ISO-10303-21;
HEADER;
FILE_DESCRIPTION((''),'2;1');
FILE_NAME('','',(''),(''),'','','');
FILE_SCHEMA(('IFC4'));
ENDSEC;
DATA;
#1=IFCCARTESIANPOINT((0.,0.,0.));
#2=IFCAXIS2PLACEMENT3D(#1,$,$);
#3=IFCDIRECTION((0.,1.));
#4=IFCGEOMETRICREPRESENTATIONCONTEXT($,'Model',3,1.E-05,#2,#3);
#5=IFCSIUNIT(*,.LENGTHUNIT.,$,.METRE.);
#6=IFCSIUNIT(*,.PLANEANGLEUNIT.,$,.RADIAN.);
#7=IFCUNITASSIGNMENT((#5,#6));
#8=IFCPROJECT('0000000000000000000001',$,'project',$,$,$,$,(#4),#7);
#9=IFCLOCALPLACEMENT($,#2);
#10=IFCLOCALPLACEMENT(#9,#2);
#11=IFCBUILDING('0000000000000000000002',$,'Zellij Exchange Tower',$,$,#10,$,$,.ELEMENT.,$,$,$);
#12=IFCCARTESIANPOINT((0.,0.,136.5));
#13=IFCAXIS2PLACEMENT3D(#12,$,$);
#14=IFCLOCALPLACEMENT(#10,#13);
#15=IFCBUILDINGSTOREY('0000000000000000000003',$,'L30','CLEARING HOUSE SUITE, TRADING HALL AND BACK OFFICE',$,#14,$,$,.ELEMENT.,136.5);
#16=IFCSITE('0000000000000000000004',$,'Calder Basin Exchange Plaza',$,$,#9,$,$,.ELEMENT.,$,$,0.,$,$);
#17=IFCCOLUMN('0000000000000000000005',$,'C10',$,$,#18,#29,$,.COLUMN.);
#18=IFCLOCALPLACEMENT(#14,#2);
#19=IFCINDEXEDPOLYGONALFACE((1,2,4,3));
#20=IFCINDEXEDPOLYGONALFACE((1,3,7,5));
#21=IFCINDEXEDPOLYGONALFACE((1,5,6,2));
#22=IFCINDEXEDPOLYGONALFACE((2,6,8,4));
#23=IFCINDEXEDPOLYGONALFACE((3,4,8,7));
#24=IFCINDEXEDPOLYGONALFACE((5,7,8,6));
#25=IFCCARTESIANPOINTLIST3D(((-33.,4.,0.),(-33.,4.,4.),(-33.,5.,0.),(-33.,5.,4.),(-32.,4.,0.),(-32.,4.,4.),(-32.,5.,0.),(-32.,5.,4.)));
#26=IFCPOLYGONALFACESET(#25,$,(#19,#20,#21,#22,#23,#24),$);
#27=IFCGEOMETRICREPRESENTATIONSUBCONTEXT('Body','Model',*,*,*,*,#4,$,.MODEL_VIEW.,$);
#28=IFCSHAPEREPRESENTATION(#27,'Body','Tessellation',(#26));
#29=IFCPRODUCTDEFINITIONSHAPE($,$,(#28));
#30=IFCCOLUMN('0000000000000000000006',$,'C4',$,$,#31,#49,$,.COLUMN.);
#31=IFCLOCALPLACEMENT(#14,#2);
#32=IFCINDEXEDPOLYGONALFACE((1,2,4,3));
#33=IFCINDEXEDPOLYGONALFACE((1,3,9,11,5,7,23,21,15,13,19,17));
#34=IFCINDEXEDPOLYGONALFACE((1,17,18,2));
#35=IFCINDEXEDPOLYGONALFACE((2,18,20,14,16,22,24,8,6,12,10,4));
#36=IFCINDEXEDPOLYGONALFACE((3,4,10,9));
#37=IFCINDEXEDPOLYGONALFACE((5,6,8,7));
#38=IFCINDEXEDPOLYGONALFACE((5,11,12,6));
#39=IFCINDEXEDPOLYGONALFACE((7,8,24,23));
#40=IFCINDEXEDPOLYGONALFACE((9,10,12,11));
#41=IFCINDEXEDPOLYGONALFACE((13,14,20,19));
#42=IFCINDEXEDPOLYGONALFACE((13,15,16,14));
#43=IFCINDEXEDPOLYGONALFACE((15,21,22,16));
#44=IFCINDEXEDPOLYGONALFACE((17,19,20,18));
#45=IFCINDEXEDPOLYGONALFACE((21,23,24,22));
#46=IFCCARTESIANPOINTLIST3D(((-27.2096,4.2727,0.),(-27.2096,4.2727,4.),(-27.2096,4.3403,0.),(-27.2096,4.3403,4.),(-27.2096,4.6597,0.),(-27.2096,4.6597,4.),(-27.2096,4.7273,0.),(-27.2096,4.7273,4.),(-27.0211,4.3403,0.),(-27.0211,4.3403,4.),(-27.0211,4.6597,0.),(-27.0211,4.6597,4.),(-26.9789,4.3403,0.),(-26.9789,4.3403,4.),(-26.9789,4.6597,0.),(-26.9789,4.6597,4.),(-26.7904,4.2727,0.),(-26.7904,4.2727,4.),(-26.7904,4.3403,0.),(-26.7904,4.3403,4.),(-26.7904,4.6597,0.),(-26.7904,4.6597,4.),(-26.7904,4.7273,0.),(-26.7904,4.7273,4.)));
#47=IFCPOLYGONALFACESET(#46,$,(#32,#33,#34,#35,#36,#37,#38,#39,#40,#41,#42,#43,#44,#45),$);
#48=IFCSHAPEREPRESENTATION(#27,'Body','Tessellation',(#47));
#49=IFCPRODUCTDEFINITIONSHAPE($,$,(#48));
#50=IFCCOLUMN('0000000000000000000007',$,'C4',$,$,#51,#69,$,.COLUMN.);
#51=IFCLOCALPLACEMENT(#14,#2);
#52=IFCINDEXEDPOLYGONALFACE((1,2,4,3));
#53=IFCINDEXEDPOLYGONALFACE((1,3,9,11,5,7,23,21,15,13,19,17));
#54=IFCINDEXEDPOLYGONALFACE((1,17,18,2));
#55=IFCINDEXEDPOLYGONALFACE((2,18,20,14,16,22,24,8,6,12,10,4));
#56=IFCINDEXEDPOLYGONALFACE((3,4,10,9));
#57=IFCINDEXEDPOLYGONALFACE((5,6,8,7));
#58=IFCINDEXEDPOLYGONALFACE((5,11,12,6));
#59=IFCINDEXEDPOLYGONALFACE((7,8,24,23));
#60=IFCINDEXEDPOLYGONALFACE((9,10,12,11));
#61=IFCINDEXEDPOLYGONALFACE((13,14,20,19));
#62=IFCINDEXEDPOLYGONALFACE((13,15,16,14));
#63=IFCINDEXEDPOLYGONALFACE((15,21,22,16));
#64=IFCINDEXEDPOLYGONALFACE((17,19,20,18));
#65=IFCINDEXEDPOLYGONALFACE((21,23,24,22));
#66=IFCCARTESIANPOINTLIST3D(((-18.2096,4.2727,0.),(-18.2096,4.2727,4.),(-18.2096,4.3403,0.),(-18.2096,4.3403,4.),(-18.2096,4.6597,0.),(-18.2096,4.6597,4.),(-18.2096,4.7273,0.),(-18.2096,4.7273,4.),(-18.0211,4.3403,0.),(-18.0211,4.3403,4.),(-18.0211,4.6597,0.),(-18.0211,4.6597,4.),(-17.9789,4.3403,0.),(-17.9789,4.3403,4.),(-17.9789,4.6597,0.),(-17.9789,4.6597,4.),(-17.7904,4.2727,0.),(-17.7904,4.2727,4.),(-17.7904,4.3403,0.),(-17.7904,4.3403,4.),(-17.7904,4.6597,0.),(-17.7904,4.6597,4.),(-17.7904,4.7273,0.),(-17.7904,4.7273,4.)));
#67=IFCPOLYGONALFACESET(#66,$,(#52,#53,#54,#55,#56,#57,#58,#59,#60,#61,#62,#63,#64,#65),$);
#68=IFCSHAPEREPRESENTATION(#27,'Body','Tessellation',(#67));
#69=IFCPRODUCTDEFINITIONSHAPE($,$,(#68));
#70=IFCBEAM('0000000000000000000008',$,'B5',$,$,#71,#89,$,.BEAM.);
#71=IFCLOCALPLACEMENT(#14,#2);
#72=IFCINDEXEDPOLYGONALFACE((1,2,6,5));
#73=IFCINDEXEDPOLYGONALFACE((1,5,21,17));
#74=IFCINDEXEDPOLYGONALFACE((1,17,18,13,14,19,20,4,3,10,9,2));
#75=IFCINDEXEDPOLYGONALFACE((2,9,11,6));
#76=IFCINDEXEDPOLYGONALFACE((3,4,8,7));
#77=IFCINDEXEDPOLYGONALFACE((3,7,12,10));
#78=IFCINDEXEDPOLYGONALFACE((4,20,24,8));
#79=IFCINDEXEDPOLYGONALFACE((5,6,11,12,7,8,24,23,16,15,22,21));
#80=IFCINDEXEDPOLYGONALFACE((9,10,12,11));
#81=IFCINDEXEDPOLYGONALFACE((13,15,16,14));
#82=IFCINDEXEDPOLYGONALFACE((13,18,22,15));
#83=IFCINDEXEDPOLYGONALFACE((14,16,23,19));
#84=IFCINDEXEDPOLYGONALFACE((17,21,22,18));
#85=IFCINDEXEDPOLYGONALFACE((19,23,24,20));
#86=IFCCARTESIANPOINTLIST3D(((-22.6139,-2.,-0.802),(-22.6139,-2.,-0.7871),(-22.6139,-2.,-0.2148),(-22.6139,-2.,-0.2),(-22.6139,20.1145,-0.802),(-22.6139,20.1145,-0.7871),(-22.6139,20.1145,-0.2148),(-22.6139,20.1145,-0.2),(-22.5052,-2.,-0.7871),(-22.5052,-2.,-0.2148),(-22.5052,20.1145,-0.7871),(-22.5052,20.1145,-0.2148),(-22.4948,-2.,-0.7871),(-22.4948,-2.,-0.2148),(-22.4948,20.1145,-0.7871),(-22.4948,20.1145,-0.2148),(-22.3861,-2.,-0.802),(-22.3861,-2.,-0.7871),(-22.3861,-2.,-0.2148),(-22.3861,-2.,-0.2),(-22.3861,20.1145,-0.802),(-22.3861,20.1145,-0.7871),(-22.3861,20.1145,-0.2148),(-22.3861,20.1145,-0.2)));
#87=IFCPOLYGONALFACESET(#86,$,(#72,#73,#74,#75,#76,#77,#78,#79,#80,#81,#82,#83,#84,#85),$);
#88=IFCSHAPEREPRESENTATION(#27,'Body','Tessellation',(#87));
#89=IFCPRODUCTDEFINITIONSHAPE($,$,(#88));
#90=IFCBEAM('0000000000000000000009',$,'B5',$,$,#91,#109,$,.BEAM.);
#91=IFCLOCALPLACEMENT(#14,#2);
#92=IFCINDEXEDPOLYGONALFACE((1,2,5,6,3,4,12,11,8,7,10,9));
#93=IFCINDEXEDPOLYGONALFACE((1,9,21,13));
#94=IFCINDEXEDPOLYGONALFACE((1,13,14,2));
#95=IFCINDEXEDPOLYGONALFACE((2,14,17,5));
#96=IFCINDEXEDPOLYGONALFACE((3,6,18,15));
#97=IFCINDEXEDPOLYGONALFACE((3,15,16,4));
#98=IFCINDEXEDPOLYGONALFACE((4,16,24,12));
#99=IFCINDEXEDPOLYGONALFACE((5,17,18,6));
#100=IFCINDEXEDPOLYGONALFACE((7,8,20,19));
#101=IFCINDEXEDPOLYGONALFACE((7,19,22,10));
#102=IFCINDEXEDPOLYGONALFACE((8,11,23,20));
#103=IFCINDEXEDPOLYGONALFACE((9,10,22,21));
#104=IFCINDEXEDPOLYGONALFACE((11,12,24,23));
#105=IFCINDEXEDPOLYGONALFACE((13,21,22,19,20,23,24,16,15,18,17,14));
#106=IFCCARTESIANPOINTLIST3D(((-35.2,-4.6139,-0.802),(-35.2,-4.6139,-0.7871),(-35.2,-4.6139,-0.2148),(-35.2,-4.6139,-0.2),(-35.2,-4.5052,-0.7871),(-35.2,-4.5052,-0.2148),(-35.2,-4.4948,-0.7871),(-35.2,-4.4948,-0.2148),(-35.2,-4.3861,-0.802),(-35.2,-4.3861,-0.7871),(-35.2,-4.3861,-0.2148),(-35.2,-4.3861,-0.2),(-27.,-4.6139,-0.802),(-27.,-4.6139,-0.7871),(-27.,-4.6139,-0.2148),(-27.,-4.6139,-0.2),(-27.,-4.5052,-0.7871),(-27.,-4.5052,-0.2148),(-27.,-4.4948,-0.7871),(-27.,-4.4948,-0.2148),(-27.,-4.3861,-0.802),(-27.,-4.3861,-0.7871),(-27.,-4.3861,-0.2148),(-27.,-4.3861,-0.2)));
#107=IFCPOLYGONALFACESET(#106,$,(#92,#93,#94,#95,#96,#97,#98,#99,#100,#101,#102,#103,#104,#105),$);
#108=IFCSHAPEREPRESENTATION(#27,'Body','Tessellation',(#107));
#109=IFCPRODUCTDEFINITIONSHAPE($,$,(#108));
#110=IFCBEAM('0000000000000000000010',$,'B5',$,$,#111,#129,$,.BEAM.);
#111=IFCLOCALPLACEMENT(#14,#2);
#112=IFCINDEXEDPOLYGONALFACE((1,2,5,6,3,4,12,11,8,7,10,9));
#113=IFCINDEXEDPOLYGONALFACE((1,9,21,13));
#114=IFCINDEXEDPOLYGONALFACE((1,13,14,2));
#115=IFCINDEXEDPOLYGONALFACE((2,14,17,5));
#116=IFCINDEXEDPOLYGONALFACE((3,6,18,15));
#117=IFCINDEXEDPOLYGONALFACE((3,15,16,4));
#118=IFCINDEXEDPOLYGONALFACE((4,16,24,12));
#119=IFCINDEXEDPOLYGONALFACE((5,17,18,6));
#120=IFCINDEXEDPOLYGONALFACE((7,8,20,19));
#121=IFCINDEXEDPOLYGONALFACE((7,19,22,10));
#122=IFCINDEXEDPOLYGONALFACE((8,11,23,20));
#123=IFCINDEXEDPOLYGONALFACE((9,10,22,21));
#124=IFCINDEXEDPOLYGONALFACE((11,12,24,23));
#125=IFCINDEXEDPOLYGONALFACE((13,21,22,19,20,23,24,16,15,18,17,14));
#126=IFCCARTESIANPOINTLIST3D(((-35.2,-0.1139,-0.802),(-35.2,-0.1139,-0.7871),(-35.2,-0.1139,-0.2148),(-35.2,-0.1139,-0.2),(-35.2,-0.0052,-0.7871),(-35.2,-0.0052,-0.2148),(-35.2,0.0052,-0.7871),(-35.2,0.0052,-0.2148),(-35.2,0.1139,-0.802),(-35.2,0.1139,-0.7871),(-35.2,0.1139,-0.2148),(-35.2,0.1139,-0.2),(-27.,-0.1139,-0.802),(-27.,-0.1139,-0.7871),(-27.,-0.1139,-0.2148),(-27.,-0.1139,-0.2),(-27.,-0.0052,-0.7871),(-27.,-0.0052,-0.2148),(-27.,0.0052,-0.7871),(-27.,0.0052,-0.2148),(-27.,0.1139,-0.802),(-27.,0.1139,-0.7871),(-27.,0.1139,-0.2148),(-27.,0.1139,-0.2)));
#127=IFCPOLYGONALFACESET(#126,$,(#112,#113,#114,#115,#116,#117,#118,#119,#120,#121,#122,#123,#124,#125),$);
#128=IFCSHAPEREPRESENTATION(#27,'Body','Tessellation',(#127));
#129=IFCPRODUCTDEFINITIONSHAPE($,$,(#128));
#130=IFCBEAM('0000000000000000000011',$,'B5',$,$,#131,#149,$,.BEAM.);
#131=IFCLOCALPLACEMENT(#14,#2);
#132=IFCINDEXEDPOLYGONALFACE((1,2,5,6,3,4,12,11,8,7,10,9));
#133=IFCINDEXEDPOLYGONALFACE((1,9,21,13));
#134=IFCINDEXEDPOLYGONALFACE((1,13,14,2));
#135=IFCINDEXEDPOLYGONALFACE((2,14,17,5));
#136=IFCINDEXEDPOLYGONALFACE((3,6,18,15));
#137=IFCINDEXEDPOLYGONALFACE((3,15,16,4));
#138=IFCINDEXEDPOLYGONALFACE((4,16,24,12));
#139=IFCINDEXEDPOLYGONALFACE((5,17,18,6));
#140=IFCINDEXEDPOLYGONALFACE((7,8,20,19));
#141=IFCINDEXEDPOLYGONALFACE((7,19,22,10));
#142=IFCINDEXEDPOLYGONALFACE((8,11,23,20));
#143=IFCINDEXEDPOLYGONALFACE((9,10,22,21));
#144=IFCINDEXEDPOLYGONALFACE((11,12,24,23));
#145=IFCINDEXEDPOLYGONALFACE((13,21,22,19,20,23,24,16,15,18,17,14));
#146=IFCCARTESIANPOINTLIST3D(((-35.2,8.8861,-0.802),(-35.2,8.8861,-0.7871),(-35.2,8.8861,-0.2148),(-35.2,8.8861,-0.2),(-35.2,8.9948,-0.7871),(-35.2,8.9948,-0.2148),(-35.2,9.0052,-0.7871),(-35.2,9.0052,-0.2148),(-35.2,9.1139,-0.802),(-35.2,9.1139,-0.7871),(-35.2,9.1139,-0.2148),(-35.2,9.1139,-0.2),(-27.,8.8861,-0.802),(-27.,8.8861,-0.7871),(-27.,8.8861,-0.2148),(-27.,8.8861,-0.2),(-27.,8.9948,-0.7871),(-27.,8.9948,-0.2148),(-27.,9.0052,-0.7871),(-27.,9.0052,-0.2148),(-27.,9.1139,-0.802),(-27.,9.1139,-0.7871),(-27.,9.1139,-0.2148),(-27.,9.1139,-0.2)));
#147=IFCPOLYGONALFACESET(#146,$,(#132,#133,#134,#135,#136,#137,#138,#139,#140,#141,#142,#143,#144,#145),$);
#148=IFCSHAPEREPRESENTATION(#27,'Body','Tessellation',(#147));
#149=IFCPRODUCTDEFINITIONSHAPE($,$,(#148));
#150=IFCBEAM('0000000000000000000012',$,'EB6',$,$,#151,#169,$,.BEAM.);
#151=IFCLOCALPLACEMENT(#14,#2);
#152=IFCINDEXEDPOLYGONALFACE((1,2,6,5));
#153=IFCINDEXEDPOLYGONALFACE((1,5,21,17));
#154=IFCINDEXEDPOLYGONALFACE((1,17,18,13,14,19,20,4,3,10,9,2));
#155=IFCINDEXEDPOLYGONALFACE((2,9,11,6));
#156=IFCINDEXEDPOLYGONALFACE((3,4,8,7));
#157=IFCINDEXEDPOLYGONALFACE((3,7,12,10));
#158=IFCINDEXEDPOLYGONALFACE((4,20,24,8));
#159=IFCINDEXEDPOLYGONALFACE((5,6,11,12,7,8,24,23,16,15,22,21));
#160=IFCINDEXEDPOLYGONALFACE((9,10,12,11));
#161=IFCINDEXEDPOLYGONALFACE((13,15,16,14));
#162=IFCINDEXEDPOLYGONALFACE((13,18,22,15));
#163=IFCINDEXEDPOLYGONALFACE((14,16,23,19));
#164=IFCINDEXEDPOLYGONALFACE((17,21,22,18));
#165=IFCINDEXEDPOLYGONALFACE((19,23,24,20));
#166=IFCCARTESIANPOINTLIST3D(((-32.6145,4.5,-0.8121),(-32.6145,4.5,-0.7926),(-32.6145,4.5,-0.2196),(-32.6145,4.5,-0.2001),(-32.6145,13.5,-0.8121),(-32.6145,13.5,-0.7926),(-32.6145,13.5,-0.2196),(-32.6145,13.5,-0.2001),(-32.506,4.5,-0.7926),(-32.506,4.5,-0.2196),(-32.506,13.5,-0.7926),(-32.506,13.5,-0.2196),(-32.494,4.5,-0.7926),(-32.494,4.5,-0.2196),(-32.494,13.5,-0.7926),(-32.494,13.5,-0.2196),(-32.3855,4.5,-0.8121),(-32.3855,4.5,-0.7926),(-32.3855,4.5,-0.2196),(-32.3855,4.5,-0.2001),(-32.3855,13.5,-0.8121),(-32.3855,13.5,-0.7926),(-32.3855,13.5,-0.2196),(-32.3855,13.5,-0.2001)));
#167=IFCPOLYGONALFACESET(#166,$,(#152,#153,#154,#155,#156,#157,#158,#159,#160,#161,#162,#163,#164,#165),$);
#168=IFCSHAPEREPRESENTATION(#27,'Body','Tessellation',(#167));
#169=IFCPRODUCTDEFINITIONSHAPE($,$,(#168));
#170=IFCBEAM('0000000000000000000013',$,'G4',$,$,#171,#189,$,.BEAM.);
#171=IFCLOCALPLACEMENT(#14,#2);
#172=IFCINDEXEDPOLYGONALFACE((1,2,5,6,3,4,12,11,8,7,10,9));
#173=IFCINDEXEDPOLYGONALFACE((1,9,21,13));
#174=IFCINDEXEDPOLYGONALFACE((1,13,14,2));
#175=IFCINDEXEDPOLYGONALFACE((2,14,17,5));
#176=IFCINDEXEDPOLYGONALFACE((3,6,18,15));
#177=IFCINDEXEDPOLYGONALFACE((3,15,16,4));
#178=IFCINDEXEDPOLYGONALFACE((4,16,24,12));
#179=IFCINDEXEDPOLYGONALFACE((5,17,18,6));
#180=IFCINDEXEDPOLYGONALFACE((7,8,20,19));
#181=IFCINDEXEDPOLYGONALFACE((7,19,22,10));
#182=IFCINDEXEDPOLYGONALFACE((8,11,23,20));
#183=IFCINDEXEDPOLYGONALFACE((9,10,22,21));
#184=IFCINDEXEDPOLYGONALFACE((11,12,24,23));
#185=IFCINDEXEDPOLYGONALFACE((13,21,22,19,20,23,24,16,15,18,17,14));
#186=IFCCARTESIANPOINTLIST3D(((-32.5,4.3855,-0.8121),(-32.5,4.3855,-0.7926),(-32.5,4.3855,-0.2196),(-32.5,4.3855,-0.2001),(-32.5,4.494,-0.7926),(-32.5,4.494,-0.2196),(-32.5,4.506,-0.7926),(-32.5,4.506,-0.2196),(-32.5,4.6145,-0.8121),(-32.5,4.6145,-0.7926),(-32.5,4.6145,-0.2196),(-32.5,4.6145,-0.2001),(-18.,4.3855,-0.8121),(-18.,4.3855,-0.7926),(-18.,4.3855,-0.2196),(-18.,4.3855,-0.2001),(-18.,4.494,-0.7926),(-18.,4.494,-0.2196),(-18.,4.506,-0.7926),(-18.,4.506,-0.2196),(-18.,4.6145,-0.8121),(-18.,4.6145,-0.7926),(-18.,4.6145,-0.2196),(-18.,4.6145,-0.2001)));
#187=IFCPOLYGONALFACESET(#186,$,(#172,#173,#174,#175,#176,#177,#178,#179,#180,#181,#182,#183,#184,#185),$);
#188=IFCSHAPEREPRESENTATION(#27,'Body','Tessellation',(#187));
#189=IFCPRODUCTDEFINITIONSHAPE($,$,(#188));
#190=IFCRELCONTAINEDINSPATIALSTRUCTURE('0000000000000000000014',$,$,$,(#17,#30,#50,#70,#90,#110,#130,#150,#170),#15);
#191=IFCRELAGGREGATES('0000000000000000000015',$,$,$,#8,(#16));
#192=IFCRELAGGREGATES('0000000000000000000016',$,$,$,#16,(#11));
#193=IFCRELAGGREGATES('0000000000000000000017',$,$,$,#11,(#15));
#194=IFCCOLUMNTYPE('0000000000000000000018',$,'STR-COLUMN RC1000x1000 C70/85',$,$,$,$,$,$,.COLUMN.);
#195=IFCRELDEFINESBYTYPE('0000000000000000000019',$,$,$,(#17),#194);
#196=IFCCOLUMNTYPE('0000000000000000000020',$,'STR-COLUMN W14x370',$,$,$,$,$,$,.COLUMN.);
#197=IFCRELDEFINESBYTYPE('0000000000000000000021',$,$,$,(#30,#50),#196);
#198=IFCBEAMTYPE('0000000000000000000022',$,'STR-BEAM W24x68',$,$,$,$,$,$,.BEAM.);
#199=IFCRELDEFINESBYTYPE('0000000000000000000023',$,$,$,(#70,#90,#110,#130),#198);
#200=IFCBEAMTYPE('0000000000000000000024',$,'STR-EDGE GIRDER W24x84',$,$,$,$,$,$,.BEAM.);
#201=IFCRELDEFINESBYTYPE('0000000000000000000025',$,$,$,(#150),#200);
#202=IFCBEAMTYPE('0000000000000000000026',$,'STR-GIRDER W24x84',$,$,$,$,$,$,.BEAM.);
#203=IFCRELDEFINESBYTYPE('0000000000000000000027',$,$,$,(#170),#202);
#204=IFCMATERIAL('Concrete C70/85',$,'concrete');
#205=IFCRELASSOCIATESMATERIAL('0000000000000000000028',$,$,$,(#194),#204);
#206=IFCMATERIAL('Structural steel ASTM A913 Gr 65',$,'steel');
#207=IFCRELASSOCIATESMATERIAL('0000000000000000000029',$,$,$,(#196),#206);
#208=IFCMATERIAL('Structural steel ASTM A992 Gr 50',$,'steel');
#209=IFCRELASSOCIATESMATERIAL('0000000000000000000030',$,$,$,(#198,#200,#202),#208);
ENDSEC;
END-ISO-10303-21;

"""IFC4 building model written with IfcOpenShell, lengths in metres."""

from ifc_helpers import new_model, si_unit, direction, frame, origin, origin_2d, place, context, subcontext, project, spatial, rectangle, i_section, extrude, material, material_profile, profile_set, type_object, element, save


model = new_model("IFC4")

# Units and contexts
model_context = context("Model", 3, precision=1e-05, world=origin(), true_north=direction((0.0, 1.0)))
body_context = subcontext(model_context, "Body", "Model", "MODEL_VIEW")
ifc_project = project(units=[si_unit("LENGTHUNIT", "METRE"), si_unit("PLANEANGLEUNIT", "RADIAN")], contexts=[model_context])

# Site, building, storey
site_placement = place(None, origin())
site = spatial("IfcSite", under=ifc_project, at=site_placement, Name="Calder Basin Exchange Plaza", CompositionType="ELEMENT", RefElevation=0.0)
building_placement = place(site_placement, origin())
building = spatial("IfcBuilding", under=site, at=building_placement, Name="Zellij Exchange Tower", CompositionType="ELEMENT")
storey_placement = place(building_placement, frame((0.0, 0.0, 136.5)))
storey = spatial("IfcBuildingStorey", under=building, at=storey_placement, Name="L30", Description="CLEARING HOUSE SUITE, TRADING HALL AND BACK OFFICE", CompositionType="ELEMENT", Elevation=136.5)

# Columns
ifc_material_1 = material(Name="Concrete C70/85", Category="concrete")
ifc_material_profile_1 = material_profile(ifc_material_1, rectangle(XDim=1.0, YDim=1.0, at=origin_2d()), Name="STR-COLUMN RC1000x1000 C70/85")
ifc_profile_set_1 = profile_set([ifc_material_profile_1], Name="Concrete C70/85")
column_type_1 = type_object("IfcColumnType", Name="STR-COLUMN RC1000x1000 C70/85", PredefinedType="COLUMN", material=ifc_profile_set_1)
column_placement = place(storey_placement, frame((-32.5, 4.5, 0.0), z_axis=(0.0, 0.0, 1.0), x_axis=(1.0, 0.0, 0.0)))
element("IfcColumn", 1, at=column_placement, inside=storey, type_object=column_type_1, Name="C10", PredefinedType="COLUMN", context=body_context, shape_type="SweptSolid", body=[
    extrude(rectangle(XDim=1.0, YDim=1.0, at=origin_2d()), origin(), (0.0, 0.0, 1.0), 4.0),
])
ifc_material_2 = material(Name="Structural steel ASTM A913 Gr 65", Category="steel")
ifc_material_profile_2 = material_profile(ifc_material_2, i_section(OverallWidth=0.4192, OverallDepth=0.4546, WebThickness=0.0422, FlangeThickness=0.0676, at=origin_2d()), Name="W14x370")
ifc_profile_set_2 = profile_set([ifc_material_profile_2], Name="Structural steel ASTM A913 Gr 65")
column_type_2 = type_object("IfcColumnType", Name="STR-COLUMN W14x370", PredefinedType="COLUMN", material=ifc_profile_set_2)
for number, where, z_axis, x_axis, name in (
    (2, (-27.0, 4.5, 0.0), (0.0, 0.0, 1.0), (1.0, 0.0, 0.0), "C4"),
    (3, (-18.0, 4.5, 0.0), (0.0, 0.0, 1.0), (1.0, 0.0, 0.0), "C4"),
):
    element("IfcColumn", number, at=place(storey_placement, frame(where, z_axis=z_axis, x_axis=x_axis)), inside=storey, type_object=column_type_2, Name=name, PredefinedType="COLUMN", context=body_context, shape_type="SweptSolid", body=[
        extrude(i_section(OverallWidth=0.4192, OverallDepth=0.4546, WebThickness=0.0422, FlangeThickness=0.0676, at=origin_2d()), origin(), (0.0, 0.0, 1.0), 4.0),
    ])

# Beams
ifc_material_3 = material(Name="Structural steel ASTM A992 Gr 50", Category="steel")
ifc_material_profile_3 = material_profile(ifc_material_3, i_section(OverallWidth=0.2278, OverallDepth=0.6021, WebThickness=0.0105, FlangeThickness=0.0149, at=origin_2d()), Name="W24x68")
ifc_profile_set_3 = profile_set([ifc_material_profile_3], Name="Structural steel ASTM A992 Gr 50")
beam_type_1 = type_object("IfcBeamType", Name="STR-BEAM W24x68", PredefinedType="BEAM", material=ifc_profile_set_3)
beam_1_placement = place(storey_placement, frame((-22.5, -2.0, -0.501), z_axis=(0.0, 1.0, 0.0), x_axis=(-1.0, 0.0, 0.0)))
element("IfcBeam", 4, at=beam_1_placement, inside=storey, type_object=beam_type_1, Name="B5", PredefinedType="BEAM", context=body_context, shape_type="SweptSolid", body=[
    extrude(i_section(OverallWidth=0.2278, OverallDepth=0.6021, WebThickness=0.0105, FlangeThickness=0.0149, at=origin_2d()), origin(), (0.0, 0.0, 1.0), 22.1145),
])
for number, where, z_axis, x_axis, name in (
    (5, (-35.2, -4.5, -0.501), (1.0, 0.0, 0.0), (0.0, 1.0, 0.0), "B5"),
    (6, (-35.2, 0.0, -0.501), (1.0, 0.0, 0.0), (0.0, 1.0, 0.0), "B5"),
    (7, (-35.2, 9.0, -0.501), (1.0, 0.0, 0.0), (0.0, 1.0, 0.0), "B5"),
):
    element("IfcBeam", number, at=place(storey_placement, frame(where, z_axis=z_axis, x_axis=x_axis)), inside=storey, type_object=beam_type_1, Name=name, PredefinedType="BEAM", context=body_context, shape_type="SweptSolid", body=[
        extrude(i_section(OverallWidth=0.2278, OverallDepth=0.6021, WebThickness=0.0105, FlangeThickness=0.0149, at=origin_2d()), origin(), (0.0, 0.0, 1.0), 8.2),
    ])
ifc_material_profile_4 = material_profile(ifc_material_3, i_section(OverallWidth=0.229, OverallDepth=0.6121, WebThickness=0.012, FlangeThickness=0.0195, at=origin_2d()), Name="W24x84")
ifc_profile_set_4 = profile_set([ifc_material_profile_4], Name="Structural steel ASTM A992 Gr 50")
beam_type_2 = type_object("IfcBeamType", Name="STR-EDGE GIRDER W24x84", PredefinedType="BEAM", material=ifc_profile_set_4)
beam_2_placement = place(storey_placement, frame((-32.5, 4.5, -0.5061), z_axis=(0.0, 1.0, 0.0), x_axis=(-1.0, 0.0, 0.0)))
element("IfcBeam", 8, at=beam_2_placement, inside=storey, type_object=beam_type_2, Name="EB6", PredefinedType="BEAM", context=body_context, shape_type="SweptSolid", body=[
    extrude(i_section(OverallWidth=0.229, OverallDepth=0.6121, WebThickness=0.012, FlangeThickness=0.0195, at=origin_2d()), origin(), (0.0, 0.0, 1.0), 9.0),
])
ifc_material_profile_5 = material_profile(ifc_material_3, i_section(OverallWidth=0.229, OverallDepth=0.6121, WebThickness=0.012, FlangeThickness=0.0195, at=origin_2d()), Name="W24x84")
ifc_profile_set_5 = profile_set([ifc_material_profile_5], Name="Structural steel ASTM A992 Gr 50")
beam_type_3 = type_object("IfcBeamType", Name="STR-GIRDER W24x84", PredefinedType="BEAM", material=ifc_profile_set_5)
beam_3_placement = place(storey_placement, frame((-32.5, 4.5, -0.5061), z_axis=(1.0, 0.0, 0.0), x_axis=(0.0, 1.0, 0.0)))
element("IfcBeam", 9, at=beam_3_placement, inside=storey, type_object=beam_type_3, Name="G4", PredefinedType="BEAM", context=body_context, shape_type="SweptSolid", body=[
    extrude(i_section(OverallWidth=0.229, OverallDepth=0.6121, WebThickness=0.012, FlangeThickness=0.0195, at=origin_2d()), origin(), (0.0, 0.0, 1.0), 14.5),
])

save(model, "model.ifc")
